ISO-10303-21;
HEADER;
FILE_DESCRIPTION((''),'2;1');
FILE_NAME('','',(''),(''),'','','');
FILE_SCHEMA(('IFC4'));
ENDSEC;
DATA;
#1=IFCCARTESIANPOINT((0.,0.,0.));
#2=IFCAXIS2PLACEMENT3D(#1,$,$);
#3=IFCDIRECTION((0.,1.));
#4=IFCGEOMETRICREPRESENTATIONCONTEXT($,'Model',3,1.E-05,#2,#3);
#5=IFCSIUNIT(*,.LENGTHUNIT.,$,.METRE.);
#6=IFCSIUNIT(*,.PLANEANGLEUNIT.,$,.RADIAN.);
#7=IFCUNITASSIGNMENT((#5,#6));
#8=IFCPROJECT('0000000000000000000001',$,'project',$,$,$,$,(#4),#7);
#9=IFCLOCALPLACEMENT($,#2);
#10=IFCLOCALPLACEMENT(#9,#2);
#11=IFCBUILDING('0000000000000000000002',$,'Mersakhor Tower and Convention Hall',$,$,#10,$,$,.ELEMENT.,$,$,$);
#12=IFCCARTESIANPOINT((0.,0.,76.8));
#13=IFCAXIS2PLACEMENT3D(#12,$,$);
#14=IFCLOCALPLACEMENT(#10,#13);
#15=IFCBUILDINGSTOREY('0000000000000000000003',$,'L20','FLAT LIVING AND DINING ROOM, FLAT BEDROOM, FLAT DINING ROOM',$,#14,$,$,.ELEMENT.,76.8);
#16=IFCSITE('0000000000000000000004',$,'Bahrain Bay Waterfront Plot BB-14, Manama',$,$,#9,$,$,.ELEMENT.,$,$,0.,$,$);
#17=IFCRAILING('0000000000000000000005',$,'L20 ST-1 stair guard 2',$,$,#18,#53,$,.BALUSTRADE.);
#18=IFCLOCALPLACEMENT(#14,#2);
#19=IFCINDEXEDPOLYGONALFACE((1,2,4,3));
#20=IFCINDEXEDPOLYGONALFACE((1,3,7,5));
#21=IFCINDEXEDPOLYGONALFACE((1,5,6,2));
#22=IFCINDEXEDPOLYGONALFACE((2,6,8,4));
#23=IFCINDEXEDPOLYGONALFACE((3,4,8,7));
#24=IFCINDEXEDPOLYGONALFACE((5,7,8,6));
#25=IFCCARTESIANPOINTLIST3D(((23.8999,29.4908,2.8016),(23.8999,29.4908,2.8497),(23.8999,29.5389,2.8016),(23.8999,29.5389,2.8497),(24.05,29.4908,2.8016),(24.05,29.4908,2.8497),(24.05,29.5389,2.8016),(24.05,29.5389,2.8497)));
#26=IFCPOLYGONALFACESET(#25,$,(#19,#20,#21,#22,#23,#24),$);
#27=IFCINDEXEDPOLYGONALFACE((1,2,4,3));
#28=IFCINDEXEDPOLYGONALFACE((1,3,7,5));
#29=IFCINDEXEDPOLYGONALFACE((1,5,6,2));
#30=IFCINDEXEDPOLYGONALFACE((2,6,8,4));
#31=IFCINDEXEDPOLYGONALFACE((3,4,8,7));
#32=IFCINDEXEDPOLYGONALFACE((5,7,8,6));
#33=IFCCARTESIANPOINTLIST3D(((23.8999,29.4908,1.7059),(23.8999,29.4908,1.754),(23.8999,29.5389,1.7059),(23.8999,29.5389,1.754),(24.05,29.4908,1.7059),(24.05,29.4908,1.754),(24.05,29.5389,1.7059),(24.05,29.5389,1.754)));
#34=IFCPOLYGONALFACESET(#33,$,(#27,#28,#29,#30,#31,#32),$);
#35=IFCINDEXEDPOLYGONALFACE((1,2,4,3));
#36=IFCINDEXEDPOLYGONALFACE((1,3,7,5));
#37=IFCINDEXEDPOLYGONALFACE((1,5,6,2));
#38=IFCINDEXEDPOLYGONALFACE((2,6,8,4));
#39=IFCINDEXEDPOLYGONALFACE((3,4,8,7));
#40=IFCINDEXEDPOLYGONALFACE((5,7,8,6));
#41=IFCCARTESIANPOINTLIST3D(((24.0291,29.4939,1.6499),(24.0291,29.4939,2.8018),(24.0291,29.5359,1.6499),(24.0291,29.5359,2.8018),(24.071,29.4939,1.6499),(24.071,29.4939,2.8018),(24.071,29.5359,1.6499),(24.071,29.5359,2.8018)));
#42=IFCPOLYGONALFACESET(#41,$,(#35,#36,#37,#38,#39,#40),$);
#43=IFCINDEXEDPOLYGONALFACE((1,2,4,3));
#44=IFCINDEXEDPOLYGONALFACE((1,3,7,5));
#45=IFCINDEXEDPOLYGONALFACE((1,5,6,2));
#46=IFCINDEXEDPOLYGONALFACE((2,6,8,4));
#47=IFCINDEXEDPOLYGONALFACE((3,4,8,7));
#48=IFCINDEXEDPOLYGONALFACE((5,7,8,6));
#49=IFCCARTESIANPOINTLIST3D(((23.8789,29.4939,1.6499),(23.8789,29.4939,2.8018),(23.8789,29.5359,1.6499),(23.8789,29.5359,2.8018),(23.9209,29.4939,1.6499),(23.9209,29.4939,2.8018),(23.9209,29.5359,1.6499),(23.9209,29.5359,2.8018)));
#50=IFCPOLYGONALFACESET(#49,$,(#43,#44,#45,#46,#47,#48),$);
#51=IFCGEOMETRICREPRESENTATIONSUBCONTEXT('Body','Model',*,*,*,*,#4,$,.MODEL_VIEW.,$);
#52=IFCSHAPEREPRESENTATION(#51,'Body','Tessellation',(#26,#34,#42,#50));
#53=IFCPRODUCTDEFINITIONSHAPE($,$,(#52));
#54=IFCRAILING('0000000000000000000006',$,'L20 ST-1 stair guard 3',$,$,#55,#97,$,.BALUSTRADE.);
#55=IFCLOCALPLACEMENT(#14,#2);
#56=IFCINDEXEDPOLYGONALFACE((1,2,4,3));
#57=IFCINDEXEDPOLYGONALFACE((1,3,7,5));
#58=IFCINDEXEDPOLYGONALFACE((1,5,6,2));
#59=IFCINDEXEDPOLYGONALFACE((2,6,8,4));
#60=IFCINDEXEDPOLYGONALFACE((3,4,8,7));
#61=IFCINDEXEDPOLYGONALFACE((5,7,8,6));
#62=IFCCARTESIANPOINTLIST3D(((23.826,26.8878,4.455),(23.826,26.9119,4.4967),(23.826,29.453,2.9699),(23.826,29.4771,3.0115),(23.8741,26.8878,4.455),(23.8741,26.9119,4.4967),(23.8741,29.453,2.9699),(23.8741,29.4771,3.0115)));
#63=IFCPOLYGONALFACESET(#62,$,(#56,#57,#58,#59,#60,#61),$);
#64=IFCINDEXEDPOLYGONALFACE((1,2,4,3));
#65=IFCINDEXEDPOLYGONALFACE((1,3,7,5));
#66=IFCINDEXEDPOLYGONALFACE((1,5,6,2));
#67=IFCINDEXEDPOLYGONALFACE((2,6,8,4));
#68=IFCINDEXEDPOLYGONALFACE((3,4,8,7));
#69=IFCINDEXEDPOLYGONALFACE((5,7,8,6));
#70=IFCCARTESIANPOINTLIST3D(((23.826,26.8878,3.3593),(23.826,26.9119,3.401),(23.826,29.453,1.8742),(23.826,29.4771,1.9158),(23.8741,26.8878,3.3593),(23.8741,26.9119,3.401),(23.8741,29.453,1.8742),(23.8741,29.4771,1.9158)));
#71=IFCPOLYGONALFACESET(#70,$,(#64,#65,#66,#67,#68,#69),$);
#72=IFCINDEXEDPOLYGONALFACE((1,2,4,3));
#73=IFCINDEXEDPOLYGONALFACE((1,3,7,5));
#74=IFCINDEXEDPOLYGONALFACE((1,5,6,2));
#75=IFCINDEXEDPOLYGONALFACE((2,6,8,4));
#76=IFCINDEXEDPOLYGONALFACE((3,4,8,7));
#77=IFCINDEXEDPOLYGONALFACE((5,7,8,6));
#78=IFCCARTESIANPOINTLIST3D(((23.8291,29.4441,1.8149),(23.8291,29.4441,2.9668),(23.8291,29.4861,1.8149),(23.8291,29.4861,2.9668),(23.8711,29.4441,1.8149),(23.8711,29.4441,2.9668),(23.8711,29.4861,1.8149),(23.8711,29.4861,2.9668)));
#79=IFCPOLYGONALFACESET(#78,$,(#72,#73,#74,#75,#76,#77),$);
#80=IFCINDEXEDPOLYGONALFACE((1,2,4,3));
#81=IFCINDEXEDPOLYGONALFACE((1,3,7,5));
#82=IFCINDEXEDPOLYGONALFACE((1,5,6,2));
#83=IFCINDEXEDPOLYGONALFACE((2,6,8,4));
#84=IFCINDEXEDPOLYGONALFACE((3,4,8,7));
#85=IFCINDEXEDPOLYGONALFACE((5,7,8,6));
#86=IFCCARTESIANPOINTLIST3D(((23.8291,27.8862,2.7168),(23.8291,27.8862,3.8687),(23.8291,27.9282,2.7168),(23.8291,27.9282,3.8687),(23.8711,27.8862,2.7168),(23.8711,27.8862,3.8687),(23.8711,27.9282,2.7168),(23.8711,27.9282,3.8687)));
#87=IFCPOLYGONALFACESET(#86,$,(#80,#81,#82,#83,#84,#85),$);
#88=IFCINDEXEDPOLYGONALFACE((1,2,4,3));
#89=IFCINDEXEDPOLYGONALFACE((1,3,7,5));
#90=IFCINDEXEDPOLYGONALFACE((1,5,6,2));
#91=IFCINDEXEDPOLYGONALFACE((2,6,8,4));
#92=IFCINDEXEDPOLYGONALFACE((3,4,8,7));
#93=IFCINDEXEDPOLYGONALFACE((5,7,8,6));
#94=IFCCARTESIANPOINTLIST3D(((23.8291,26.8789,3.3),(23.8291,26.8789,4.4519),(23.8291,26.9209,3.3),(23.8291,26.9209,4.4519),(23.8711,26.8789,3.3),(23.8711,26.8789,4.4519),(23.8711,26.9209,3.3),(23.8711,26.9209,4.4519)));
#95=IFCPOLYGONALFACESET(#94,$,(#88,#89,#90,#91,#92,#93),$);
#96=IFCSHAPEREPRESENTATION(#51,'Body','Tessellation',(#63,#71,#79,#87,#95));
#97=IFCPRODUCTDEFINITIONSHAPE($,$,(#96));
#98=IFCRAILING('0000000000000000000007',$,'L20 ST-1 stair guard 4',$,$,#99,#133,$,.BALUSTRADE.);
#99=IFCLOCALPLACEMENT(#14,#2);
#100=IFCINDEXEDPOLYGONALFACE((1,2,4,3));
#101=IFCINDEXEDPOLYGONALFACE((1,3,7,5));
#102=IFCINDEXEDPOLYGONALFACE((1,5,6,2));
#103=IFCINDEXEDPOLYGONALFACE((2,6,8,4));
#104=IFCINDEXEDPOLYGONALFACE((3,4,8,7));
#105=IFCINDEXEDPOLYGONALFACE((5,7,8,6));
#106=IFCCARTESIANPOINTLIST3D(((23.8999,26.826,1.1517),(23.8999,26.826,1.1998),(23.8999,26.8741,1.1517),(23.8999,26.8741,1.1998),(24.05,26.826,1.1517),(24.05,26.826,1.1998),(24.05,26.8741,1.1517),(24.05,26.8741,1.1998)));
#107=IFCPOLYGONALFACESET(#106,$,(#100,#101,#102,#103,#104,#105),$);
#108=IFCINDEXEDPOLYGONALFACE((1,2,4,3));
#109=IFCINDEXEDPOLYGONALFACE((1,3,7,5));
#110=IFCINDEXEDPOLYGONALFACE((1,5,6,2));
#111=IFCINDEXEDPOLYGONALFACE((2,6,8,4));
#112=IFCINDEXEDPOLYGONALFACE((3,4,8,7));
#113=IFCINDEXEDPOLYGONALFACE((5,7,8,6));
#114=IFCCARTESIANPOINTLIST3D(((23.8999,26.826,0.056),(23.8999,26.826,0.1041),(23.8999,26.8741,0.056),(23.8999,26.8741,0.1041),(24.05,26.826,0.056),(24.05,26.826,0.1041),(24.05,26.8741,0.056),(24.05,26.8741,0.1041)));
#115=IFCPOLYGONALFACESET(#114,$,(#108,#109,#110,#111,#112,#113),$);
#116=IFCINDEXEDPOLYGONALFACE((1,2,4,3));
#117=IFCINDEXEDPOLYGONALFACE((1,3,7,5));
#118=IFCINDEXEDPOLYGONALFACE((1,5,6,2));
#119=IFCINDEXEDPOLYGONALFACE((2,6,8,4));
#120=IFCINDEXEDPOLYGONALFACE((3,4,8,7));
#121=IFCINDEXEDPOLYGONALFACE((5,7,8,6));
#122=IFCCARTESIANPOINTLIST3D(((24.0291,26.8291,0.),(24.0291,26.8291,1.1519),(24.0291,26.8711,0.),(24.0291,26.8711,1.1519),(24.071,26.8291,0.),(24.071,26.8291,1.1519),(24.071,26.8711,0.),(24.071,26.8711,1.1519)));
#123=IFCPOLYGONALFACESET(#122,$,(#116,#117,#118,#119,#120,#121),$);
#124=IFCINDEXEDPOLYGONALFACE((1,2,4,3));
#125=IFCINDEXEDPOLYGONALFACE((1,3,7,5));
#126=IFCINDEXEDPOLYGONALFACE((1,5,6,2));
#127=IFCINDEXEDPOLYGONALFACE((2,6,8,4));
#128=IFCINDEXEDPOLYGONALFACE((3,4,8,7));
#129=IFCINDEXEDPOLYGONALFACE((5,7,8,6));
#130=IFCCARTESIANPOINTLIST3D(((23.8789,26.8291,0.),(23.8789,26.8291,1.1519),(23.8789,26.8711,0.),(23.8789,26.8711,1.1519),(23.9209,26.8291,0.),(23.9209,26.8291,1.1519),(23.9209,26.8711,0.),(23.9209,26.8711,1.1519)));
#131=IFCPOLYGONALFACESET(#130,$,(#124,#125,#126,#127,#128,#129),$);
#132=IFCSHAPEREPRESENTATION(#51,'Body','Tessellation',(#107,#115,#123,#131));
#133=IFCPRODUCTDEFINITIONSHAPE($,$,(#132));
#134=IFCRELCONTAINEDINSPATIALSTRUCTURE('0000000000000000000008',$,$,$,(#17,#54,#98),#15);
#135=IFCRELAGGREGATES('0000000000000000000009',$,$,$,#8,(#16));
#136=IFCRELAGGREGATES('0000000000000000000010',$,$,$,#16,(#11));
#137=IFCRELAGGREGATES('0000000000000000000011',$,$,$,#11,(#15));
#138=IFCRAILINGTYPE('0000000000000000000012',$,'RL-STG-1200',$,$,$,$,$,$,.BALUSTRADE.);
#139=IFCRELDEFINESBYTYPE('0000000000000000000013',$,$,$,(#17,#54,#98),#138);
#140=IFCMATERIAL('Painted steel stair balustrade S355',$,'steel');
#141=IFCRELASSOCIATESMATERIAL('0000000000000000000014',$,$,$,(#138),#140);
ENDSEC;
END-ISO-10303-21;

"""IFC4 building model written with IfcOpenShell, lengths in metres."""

from ifc_helpers import new_model, si_unit, direction, frame, origin, origin_2d, place, context, subcontext, project, spatial, rectangle, extrude, material, type_object, element, save


model = new_model("IFC4")

# Units and contexts
model_context = context("Model", 3, precision=1e-05, world=origin(), true_north=direction((0.0, 1.0)))
body_context = subcontext(model_context, "Body", "Model", "MODEL_VIEW")
ifc_project = project(units=[si_unit("LENGTHUNIT", "METRE"), si_unit("PLANEANGLEUNIT", "RADIAN")], contexts=[model_context])

# Site, building, storey
site_placement = place(None, origin())
site = spatial("IfcSite", under=ifc_project, at=site_placement, Name="Bahrain Bay Waterfront Plot BB-14, Manama", CompositionType="ELEMENT", RefElevation=0.0)
building_placement = place(site_placement, origin())
building = spatial("IfcBuilding", under=site, at=building_placement, Name="Mersakhor Tower and Convention Hall", CompositionType="ELEMENT")
storey_placement = place(building_placement, frame((0.0, 0.0, 76.8)))
storey = spatial("IfcBuildingStorey", under=building, at=storey_placement, Name="L20", Description="FLAT LIVING AND DINING ROOM, FLAT BEDROOM, FLAT DINING ROOM", CompositionType="ELEMENT", Elevation=76.8)

# Railings
ifc_material_1 = material(Name="Painted steel stair balustrade S355", Category="steel")
railing_type_1 = type_object("IfcRailingType", Name="RL-STG-1200", PredefinedType="BALUSTRADE", material=ifc_material_1)
railing_1_placement = place(storey_placement, frame((24.05, 29.5149, 1.6499)))
element("IfcRailing", 1, at=railing_1_placement, inside=storey, type_object=railing_type_1, Name="L20 ST-1 stair guard 2", PredefinedType="BALUSTRADE", context=body_context, shape_type="SweptSolid", body=[
    extrude(rectangle(XDim=0.0481, YDim=0.0481, at=origin_2d()), frame((0.0, 0.0, 1.1758), z_axis=(-1.0, 0.0, 0.0), x_axis=(0.0, -1.0, 0.0)), (0.0, 0.0, 1.0), 0.1501),
    extrude(rectangle(XDim=0.0481, YDim=0.0481, at=origin_2d()), frame((0.0, 0.0, 0.0801), z_axis=(-1.0, 0.0, 0.0), x_axis=(0.0, -1.0, 0.0)), (0.0, 0.0, 1.0), 0.1501),
    extrude(rectangle(XDim=0.042, YDim=0.042, at=origin_2d()), origin(), (0.0, 0.0, 1.0), 1.1519),
    extrude(rectangle(XDim=0.042, YDim=0.042, at=origin_2d()), frame((-0.1501, 0.0, 0.0)), (0.0, 0.0, 1.0), 1.1519),
])
railing_2_placement = place(storey_placement, frame((23.8501, 29.4651, 1.8149)))
element("IfcRailing", 2, at=railing_2_placement, inside=storey, type_object=railing_type_1, Name="L20 ST-1 stair guard 3", PredefinedType="BALUSTRADE", context=body_context, shape_type="SweptSolid", body=[
    extrude(rectangle(XDim=0.0481, YDim=0.0481, at=origin_2d()), frame((0.0, 0.0, 1.1758), z_axis=(0.0, -0.865426, 0.501036), x_axis=(1.0, 0.0, 0.0)), (0.0, 0.0, 1.0), 2.9641),
    extrude(rectangle(XDim=0.0481, YDim=0.0481, at=origin_2d()), frame((0.0, 0.0, 0.0801), z_axis=(0.0, -0.865426, 0.501036), x_axis=(1.0, 0.0, 0.0)), (0.0, 0.0, 1.0), 2.9641),
    extrude(rectangle(XDim=0.042, YDim=0.042, at=origin_2d()), origin(), (0.0, 0.0, 1.0), 1.1519),
    extrude(rectangle(XDim=0.042, YDim=0.042, at=origin_2d()), frame((0.0, -1.5579, 0.9019)), (0.0, 0.0, 1.0), 1.1519),
    extrude(rectangle(XDim=0.042, YDim=0.042, at=origin_2d()), frame((0.0, -2.5652, 1.4851)), (0.0, 0.0, 1.0), 1.1519),
])
railing_3_placement = place(storey_placement, frame((24.05, 26.8501, 0.0)))
element("IfcRailing", 3, at=railing_3_placement, inside=storey, type_object=railing_type_1, Name="L20 ST-1 stair guard 4", PredefinedType="BALUSTRADE", context=body_context, shape_type="SweptSolid", body=[
    extrude(rectangle(XDim=0.0481, YDim=0.0481, at=origin_2d()), frame((0.0, 0.0, 1.1758), z_axis=(-1.0, 0.0, 0.0), x_axis=(0.0, -1.0, 0.0)), (0.0, 0.0, 1.0), 0.1501),
    extrude(rectangle(XDim=0.0481, YDim=0.0481, at=origin_2d()), frame((0.0, 0.0, 0.0801), z_axis=(-1.0, 0.0, 0.0), x_axis=(0.0, -1.0, 0.0)), (0.0, 0.0, 1.0), 0.1501),
    extrude(rectangle(XDim=0.042, YDim=0.042, at=origin_2d()), origin(), (0.0, 0.0, 1.0), 1.1519),
    extrude(rectangle(XDim=0.042, YDim=0.042, at=origin_2d()), frame((-0.1501, 0.0, 0.0)), (0.0, 0.0, 1.0), 1.1519),
])

save(model, "model.ifc")
